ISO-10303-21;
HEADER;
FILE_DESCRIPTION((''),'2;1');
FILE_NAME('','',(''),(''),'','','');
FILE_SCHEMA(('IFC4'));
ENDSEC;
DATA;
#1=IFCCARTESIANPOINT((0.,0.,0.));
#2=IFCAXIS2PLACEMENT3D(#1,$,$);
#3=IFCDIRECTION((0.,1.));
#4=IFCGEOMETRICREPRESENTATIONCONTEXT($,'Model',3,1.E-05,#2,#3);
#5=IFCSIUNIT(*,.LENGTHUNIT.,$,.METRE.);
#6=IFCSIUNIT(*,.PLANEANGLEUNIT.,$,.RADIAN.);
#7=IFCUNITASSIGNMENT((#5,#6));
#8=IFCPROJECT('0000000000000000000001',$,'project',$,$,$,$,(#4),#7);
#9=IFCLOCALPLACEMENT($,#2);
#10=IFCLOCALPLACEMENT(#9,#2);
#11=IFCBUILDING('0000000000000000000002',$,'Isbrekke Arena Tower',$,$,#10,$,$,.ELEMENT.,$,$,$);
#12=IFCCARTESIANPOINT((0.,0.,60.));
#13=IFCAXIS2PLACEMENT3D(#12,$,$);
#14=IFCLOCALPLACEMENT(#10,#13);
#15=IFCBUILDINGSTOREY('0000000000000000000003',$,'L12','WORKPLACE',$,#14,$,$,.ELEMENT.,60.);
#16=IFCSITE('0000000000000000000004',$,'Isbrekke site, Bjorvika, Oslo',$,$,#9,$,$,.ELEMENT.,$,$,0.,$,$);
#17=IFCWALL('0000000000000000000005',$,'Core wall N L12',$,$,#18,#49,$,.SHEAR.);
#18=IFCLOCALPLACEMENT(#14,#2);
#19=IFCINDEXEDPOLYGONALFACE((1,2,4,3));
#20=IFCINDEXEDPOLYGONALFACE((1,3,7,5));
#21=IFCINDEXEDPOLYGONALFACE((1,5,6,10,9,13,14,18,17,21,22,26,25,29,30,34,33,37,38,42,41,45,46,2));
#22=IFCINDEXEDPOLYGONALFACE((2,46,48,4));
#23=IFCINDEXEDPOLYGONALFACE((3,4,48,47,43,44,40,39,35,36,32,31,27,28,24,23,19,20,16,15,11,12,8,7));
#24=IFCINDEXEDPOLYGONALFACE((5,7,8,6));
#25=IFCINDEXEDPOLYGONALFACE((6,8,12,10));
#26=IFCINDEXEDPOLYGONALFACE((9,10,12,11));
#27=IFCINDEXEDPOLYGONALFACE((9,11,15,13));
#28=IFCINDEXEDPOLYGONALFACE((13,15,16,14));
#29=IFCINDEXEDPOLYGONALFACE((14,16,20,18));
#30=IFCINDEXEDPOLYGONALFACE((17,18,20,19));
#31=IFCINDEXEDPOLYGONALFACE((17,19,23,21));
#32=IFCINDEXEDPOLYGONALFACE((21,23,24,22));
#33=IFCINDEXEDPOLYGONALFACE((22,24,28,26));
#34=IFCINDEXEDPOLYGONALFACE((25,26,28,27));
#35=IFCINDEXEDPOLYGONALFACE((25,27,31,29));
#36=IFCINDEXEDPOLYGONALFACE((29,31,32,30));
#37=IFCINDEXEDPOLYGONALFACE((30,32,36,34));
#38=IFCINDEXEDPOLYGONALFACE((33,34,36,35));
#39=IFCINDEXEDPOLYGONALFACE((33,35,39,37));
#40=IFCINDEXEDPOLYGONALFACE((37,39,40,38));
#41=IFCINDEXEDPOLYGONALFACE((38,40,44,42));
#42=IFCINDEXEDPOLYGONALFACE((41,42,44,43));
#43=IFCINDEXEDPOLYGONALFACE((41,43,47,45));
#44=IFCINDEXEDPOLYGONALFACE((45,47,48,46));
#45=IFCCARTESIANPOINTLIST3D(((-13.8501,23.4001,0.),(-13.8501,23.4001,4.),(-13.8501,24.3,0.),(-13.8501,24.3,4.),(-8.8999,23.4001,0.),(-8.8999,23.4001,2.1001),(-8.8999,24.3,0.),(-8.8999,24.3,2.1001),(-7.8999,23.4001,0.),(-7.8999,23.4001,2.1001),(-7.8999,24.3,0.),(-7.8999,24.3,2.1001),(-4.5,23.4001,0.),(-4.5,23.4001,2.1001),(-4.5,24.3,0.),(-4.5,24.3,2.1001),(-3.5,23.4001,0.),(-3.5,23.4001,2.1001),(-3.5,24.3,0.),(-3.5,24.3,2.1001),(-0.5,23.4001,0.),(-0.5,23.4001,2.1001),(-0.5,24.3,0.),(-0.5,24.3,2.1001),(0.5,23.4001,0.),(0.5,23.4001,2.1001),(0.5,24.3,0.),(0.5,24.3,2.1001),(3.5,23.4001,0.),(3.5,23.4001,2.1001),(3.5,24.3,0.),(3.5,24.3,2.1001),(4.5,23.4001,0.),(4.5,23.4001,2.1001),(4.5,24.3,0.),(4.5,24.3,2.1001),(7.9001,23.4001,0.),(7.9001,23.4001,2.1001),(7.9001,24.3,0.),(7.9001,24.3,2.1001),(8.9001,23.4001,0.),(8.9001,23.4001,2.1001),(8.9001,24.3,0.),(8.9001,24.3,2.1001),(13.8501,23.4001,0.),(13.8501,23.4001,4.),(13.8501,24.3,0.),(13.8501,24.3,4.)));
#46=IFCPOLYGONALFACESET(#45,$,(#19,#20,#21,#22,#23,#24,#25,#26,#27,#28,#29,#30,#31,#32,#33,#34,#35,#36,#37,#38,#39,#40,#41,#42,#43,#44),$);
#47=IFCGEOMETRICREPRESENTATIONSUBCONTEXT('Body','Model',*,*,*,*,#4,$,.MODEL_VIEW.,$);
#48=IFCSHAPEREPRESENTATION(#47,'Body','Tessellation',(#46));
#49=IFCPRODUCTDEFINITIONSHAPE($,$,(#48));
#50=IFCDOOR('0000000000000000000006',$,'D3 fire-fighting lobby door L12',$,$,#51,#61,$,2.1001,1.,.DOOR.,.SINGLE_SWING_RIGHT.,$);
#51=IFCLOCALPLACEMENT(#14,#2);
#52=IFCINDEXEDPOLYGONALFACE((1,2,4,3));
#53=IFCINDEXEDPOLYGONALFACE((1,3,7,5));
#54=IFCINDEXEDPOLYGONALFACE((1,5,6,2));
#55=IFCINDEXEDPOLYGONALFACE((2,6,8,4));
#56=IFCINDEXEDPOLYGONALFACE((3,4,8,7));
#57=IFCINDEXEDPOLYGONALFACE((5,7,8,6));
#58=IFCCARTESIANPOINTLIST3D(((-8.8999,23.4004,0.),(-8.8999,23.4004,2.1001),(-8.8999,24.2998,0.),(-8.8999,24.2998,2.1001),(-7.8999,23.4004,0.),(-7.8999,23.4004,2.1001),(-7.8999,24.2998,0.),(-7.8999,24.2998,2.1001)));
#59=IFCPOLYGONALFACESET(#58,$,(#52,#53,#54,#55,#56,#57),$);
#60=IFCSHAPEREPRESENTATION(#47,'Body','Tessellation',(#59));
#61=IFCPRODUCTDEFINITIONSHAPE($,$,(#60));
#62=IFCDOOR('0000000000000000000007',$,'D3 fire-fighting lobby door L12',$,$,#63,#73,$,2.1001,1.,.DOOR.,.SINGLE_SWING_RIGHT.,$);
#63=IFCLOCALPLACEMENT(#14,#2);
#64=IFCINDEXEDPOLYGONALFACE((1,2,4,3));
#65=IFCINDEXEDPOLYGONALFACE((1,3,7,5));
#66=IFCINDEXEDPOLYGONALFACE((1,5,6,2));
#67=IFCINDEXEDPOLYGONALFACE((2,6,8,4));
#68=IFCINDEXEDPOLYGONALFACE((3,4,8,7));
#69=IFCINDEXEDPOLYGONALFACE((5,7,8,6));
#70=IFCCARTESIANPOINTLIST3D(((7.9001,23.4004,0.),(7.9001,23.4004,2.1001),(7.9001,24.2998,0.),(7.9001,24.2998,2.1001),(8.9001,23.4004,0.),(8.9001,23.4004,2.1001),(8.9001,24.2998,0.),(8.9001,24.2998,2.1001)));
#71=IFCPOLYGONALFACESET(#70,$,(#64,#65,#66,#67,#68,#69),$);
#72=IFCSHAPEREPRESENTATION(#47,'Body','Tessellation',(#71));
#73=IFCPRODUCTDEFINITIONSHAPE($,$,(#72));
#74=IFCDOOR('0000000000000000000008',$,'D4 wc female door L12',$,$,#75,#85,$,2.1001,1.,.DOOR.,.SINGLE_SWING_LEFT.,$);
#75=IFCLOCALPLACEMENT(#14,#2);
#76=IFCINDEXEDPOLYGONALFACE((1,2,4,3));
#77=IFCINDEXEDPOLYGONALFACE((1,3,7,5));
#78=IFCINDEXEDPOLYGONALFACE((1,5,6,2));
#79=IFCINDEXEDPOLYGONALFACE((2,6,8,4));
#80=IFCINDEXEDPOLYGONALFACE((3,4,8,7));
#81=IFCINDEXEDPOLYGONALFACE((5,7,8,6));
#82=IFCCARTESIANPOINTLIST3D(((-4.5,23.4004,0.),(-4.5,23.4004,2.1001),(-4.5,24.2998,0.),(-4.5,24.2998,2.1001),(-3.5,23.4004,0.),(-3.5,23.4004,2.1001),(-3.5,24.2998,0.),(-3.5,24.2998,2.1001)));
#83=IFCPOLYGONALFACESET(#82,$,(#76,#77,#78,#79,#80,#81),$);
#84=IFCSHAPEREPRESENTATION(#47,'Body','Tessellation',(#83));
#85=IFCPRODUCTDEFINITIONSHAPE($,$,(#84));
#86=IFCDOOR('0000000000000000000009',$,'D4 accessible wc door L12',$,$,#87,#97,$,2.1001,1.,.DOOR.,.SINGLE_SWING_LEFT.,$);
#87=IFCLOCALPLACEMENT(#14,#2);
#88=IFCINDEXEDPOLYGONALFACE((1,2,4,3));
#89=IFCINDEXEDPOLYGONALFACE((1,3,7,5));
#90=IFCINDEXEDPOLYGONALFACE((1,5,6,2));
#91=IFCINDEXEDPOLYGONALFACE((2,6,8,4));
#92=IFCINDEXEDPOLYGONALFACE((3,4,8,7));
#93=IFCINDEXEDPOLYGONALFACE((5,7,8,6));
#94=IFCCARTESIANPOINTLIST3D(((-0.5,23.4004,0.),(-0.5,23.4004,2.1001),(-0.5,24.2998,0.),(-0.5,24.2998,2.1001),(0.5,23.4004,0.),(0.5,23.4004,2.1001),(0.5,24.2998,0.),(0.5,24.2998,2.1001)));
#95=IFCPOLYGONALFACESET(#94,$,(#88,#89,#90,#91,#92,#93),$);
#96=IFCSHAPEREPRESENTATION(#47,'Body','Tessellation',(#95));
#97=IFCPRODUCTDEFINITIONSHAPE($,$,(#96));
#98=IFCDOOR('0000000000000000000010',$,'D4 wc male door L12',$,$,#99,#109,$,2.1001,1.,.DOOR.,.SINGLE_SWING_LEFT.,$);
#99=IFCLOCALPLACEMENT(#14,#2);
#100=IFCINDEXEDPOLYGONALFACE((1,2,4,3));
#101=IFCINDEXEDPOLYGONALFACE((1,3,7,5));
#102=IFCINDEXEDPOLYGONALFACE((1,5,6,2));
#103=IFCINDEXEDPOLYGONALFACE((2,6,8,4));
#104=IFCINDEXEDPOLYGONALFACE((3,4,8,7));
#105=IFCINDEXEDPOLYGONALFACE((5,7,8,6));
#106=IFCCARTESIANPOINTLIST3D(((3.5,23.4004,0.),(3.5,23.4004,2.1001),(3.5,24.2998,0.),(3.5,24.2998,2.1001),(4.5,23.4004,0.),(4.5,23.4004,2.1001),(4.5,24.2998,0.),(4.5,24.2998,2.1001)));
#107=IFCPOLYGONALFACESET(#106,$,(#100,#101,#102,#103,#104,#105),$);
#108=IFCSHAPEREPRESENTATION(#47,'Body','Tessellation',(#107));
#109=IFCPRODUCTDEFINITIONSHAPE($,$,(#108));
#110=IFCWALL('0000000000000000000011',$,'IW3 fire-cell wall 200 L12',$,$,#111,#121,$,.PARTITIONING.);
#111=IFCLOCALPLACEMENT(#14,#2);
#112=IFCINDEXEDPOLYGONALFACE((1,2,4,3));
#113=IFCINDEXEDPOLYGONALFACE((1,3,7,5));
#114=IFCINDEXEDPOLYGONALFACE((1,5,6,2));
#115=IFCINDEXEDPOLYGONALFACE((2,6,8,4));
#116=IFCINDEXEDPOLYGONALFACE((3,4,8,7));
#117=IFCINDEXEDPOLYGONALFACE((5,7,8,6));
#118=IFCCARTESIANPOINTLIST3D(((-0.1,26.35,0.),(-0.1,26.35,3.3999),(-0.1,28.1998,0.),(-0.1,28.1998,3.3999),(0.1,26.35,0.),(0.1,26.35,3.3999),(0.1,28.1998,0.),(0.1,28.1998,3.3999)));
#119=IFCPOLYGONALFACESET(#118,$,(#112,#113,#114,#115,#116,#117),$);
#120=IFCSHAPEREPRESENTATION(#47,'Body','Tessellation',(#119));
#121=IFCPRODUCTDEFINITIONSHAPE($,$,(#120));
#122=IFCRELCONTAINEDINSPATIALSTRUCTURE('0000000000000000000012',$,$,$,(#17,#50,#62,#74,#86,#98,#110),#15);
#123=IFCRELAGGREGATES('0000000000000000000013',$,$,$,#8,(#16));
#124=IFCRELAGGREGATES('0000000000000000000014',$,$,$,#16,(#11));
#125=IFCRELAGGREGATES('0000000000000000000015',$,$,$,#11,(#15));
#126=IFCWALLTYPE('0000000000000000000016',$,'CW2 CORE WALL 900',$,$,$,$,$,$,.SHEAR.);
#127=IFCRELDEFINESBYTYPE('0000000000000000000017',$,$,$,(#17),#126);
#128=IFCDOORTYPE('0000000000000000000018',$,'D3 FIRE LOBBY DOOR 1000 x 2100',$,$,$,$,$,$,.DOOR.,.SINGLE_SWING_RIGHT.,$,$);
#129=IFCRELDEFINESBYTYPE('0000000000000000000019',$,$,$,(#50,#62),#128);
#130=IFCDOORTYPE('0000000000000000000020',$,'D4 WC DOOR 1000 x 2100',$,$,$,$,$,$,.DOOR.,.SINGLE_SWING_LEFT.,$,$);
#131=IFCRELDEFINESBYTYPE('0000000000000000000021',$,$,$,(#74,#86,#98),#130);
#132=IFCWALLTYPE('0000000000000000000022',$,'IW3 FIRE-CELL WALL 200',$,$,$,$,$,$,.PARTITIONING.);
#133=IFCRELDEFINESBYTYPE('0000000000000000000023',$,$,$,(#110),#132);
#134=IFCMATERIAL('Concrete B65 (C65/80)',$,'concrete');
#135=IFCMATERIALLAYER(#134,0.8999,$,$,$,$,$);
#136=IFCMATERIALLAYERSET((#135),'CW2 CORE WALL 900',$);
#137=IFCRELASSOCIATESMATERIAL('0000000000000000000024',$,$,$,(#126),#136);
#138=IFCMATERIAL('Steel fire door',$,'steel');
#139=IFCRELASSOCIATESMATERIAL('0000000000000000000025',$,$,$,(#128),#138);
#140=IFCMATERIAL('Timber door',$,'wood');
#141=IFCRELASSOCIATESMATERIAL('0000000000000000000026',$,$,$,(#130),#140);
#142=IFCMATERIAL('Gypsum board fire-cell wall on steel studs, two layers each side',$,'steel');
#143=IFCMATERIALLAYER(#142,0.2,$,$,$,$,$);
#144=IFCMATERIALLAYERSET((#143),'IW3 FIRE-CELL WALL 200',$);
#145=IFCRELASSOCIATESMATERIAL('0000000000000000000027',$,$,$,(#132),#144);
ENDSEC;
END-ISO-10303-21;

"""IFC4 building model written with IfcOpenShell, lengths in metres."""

from ifc_helpers import new_model, si_unit, direction, frame, frame_2d, origin, place, context, subcontext, project, spatial, rectangle, extrude, material, layer, layer_set, type_object, element, fill, save


model = new_model("IFC4")

# Units and contexts
model_context = context("Model", 3, precision=1e-05, world=origin(), true_north=direction((0.0, 1.0)))
body_context = subcontext(model_context, "Body", "Model", "MODEL_VIEW")
ifc_project = project(units=[si_unit("LENGTHUNIT", "METRE"), si_unit("PLANEANGLEUNIT", "RADIAN")], contexts=[model_context])

# Site, building, storey
site_placement = place(None, origin())
site = spatial("IfcSite", under=ifc_project, at=site_placement, Name="Isbrekke site, Bjorvika, Oslo", CompositionType="ELEMENT", RefElevation=0.0)
building_placement = place(site_placement, origin())
building = spatial("IfcBuilding", under=site, at=building_placement, Name="Isbrekke Arena Tower", CompositionType="ELEMENT")
storey_placement = place(building_placement, frame((0.0, 0.0, 60.0)))
storey = spatial("IfcBuildingStorey", under=building, at=storey_placement, Name="L12", Description="WORKPLACE", CompositionType="ELEMENT", Elevation=60.0)

# Wall, openings, doors
ifc_material_1 = material(Name="Concrete B65 (C65/80)", Category="concrete")
ifc_layer_1 = layer(ifc_material_1, 0.8999)
ifc_layer_set_1 = layer_set([ifc_layer_1], Name="CW2 CORE WALL 900")
wall_type_1 = type_object("IfcWallType", Name="CW2 CORE WALL 900", PredefinedType="SHEAR", material=ifc_layer_set_1)
wall_1_placement = place(storey_placement, frame((13.8501, 23.8501, 0.0), z_axis=(0.0, 0.0, 1.0), x_axis=(-1.0, 0.0, 0.0)))
wall_1 = element("IfcWall", 1, at=wall_1_placement, inside=storey, type_object=wall_type_1, Name="Core wall N L12", PredefinedType="SHEAR", context=body_context, shape_type="SweptSolid", body=[
    extrude(rectangle(XDim=27.7002, YDim=0.8999, at=frame_2d((13.8501, 0.0))), origin(), (0.0, 0.0, 1.0), 4.0),
])
opening_1_placement = place(wall_1_placement, frame((21.75, 0.0, 0.0)))
opening_1 = element("IfcOpeningElement", 2, at=opening_1_placement, cuts=wall_1, PredefinedType="OPENING", context=body_context, shape_type="SweptSolid", body=[
    extrude(rectangle(XDim=1.0, YDim=2.1001, at=frame_2d((0.5, 1.05))), frame((0.0, 0.4648, 0.0), z_axis=(0.0, -1.0, 0.0), x_axis=(1.0, 0.0, 0.0)), (0.0, 0.0, 1.0), 0.9297),
])
opening_2_placement = place(wall_1_placement, frame((4.95, 0.0, 0.0)))
opening_2 = element("IfcOpeningElement", 3, at=opening_2_placement, cuts=wall_1, PredefinedType="OPENING", context=body_context, shape_type="SweptSolid", body=[
    extrude(rectangle(XDim=1.0, YDim=2.1001, at=frame_2d((0.5, 1.05))), frame((0.0, 0.4648, 0.0), z_axis=(0.0, -1.0, 0.0), x_axis=(1.0, 0.0, 0.0)), (0.0, 0.0, 1.0), 0.9297),
])
opening_3_placement = place(wall_1_placement, frame((17.3501, 0.0, 0.0)))
opening_3 = element("IfcOpeningElement", 4, at=opening_3_placement, cuts=wall_1, PredefinedType="OPENING", context=body_context, shape_type="SweptSolid", body=[
    extrude(rectangle(XDim=1.0, YDim=2.1001, at=frame_2d((0.5, 1.05))), frame((0.0, 0.4648, 0.0), z_axis=(0.0, -1.0, 0.0), x_axis=(1.0, 0.0, 0.0)), (0.0, 0.0, 1.0), 0.9297),
])
opening_4_placement = place(wall_1_placement, frame((13.3501, 0.0, 0.0)))
opening_4 = element("IfcOpeningElement", 5, at=opening_4_placement, cuts=wall_1, PredefinedType="OPENING", context=body_context, shape_type="SweptSolid", body=[
    extrude(rectangle(XDim=1.0, YDim=2.1001, at=frame_2d((0.5, 1.05))), frame((0.0, 0.4648, 0.0), z_axis=(0.0, -1.0, 0.0), x_axis=(1.0, 0.0, 0.0)), (0.0, 0.0, 1.0), 0.9297),
])
opening_5_placement = place(wall_1_placement, frame((9.3501, 0.0, 0.0)))
opening_5 = element("IfcOpeningElement", 6, at=opening_5_placement, cuts=wall_1, PredefinedType="OPENING", context=body_context, shape_type="SweptSolid", body=[
    extrude(rectangle(XDim=1.0, YDim=2.1001, at=frame_2d((0.5, 1.05))), frame((0.0, 0.4648, 0.0), z_axis=(0.0, -1.0, 0.0), x_axis=(1.0, 0.0, 0.0)), (0.0, 0.0, 1.0), 0.9297),
])
ifc_material_2 = material(Name="Steel fire door", Category="steel")
door_type_1 = type_object("IfcDoorType", Name="D3 FIRE LOBBY DOOR 1000 x 2100", OperationType="SINGLE_SWING_RIGHT", PredefinedType="DOOR", material=ifc_material_2)
door_1_placement = place(opening_1_placement, origin())
door_1 = element("IfcDoor", 7, at=door_1_placement, inside=storey, type_object=door_type_1, Name="D3 fire-fighting lobby door L12", OperationType="SINGLE_SWING_RIGHT", OverallHeight=2.1001, OverallWidth=1.0, PredefinedType="DOOR", context=body_context, shape_type="SweptSolid", body=[
    extrude(rectangle(XDim=1.0, YDim=2.1001, at=frame_2d((0.5, 1.05))), frame((0.0, 0.4497, 0.0), z_axis=(0.0, -1.0, 0.0), x_axis=(1.0, 0.0, 0.0)), (0.0, 0.0, 1.0), 0.8994),
])
fill(opening_1, door_1)
door_2_placement = place(opening_2_placement, origin())
door_2 = element("IfcDoor", 8, at=door_2_placement, inside=storey, type_object=door_type_1, Name="D3 fire-fighting lobby door L12", OperationType="SINGLE_SWING_RIGHT", OverallHeight=2.1001, OverallWidth=1.0, PredefinedType="DOOR", context=body_context, shape_type="SweptSolid", body=[
    extrude(rectangle(XDim=1.0, YDim=2.1001, at=frame_2d((0.5, 1.05))), frame((0.0, 0.4497, 0.0), z_axis=(0.0, -1.0, 0.0), x_axis=(1.0, 0.0, 0.0)), (0.0, 0.0, 1.0), 0.8994),
])
fill(opening_2, door_2)
ifc_material_3 = material(Name="Timber door", Category="wood")
door_type_2 = type_object("IfcDoorType", Name="D4 WC DOOR 1000 x 2100", OperationType="SINGLE_SWING_LEFT", PredefinedType="DOOR", material=ifc_material_3)
door_3_placement = place(opening_3_placement, origin())
door_3 = element("IfcDoor", 9, at=door_3_placement, inside=storey, type_object=door_type_2, Name="D4 wc female door L12", OperationType="SINGLE_SWING_LEFT", OverallHeight=2.1001, OverallWidth=1.0, PredefinedType="DOOR", context=body_context, shape_type="SweptSolid", body=[
    extrude(rectangle(XDim=1.0, YDim=2.1001, at=frame_2d((0.5, 1.05))), frame((0.0, 0.4497, 0.0), z_axis=(0.0, -1.0, 0.0), x_axis=(1.0, 0.0, 0.0)), (0.0, 0.0, 1.0), 0.8994),
])
fill(opening_3, door_3)
door_4_placement = place(opening_4_placement, origin())
door_4 = element("IfcDoor", 10, at=door_4_placement, inside=storey, type_object=door_type_2, Name="D4 accessible wc door L12", OperationType="SINGLE_SWING_LEFT", OverallHeight=2.1001, OverallWidth=1.0, PredefinedType="DOOR", context=body_context, shape_type="SweptSolid", body=[
    extrude(rectangle(XDim=1.0, YDim=2.1001, at=frame_2d((0.5, 1.05))), frame((0.0, 0.4497, 0.0), z_axis=(0.0, -1.0, 0.0), x_axis=(1.0, 0.0, 0.0)), (0.0, 0.0, 1.0), 0.8994),
])
fill(opening_4, door_4)
door_5_placement = place(opening_5_placement, origin())
door_5 = element("IfcDoor", 11, at=door_5_placement, inside=storey, type_object=door_type_2, Name="D4 wc male door L12", OperationType="SINGLE_SWING_LEFT", OverallHeight=2.1001, OverallWidth=1.0, PredefinedType="DOOR", context=body_context, shape_type="SweptSolid", body=[
    extrude(rectangle(XDim=1.0, YDim=2.1001, at=frame_2d((0.5, 1.05))), frame((0.0, 0.4497, 0.0), z_axis=(0.0, -1.0, 0.0), x_axis=(1.0, 0.0, 0.0)), (0.0, 0.0, 1.0), 0.8994),
])
fill(opening_5, door_5)

# Wall
ifc_material_4 = material(Name="Gypsum board fire-cell wall on steel studs, two layers each side", Category="steel")
ifc_layer_2 = layer(ifc_material_4, 0.2)
ifc_layer_set_2 = layer_set([ifc_layer_2], Name="IW3 FIRE-CELL WALL 200")
wall_type_2 = type_object("IfcWallType", Name="IW3 FIRE-CELL WALL 200", PredefinedType="PARTITIONING", material=ifc_layer_set_2)
wall_2_placement = place(storey_placement, frame((0.0, 26.3501, 0.0), z_axis=(0.0, 0.0, 1.0), x_axis=(0.0, 1.0, 0.0)))
element("IfcWall", 12, at=wall_2_placement, inside=storey, type_object=wall_type_2, Name="IW3 fire-cell wall 200 L12", PredefinedType="PARTITIONING", context=body_context, shape_type="SweptSolid", body=[
    extrude(rectangle(XDim=1.8499, YDim=0.2, at=frame_2d((0.9248, 0.0))), origin(), (0.0, 0.0, 1.0), 3.3999),
])

save(model, "model.ifc")
